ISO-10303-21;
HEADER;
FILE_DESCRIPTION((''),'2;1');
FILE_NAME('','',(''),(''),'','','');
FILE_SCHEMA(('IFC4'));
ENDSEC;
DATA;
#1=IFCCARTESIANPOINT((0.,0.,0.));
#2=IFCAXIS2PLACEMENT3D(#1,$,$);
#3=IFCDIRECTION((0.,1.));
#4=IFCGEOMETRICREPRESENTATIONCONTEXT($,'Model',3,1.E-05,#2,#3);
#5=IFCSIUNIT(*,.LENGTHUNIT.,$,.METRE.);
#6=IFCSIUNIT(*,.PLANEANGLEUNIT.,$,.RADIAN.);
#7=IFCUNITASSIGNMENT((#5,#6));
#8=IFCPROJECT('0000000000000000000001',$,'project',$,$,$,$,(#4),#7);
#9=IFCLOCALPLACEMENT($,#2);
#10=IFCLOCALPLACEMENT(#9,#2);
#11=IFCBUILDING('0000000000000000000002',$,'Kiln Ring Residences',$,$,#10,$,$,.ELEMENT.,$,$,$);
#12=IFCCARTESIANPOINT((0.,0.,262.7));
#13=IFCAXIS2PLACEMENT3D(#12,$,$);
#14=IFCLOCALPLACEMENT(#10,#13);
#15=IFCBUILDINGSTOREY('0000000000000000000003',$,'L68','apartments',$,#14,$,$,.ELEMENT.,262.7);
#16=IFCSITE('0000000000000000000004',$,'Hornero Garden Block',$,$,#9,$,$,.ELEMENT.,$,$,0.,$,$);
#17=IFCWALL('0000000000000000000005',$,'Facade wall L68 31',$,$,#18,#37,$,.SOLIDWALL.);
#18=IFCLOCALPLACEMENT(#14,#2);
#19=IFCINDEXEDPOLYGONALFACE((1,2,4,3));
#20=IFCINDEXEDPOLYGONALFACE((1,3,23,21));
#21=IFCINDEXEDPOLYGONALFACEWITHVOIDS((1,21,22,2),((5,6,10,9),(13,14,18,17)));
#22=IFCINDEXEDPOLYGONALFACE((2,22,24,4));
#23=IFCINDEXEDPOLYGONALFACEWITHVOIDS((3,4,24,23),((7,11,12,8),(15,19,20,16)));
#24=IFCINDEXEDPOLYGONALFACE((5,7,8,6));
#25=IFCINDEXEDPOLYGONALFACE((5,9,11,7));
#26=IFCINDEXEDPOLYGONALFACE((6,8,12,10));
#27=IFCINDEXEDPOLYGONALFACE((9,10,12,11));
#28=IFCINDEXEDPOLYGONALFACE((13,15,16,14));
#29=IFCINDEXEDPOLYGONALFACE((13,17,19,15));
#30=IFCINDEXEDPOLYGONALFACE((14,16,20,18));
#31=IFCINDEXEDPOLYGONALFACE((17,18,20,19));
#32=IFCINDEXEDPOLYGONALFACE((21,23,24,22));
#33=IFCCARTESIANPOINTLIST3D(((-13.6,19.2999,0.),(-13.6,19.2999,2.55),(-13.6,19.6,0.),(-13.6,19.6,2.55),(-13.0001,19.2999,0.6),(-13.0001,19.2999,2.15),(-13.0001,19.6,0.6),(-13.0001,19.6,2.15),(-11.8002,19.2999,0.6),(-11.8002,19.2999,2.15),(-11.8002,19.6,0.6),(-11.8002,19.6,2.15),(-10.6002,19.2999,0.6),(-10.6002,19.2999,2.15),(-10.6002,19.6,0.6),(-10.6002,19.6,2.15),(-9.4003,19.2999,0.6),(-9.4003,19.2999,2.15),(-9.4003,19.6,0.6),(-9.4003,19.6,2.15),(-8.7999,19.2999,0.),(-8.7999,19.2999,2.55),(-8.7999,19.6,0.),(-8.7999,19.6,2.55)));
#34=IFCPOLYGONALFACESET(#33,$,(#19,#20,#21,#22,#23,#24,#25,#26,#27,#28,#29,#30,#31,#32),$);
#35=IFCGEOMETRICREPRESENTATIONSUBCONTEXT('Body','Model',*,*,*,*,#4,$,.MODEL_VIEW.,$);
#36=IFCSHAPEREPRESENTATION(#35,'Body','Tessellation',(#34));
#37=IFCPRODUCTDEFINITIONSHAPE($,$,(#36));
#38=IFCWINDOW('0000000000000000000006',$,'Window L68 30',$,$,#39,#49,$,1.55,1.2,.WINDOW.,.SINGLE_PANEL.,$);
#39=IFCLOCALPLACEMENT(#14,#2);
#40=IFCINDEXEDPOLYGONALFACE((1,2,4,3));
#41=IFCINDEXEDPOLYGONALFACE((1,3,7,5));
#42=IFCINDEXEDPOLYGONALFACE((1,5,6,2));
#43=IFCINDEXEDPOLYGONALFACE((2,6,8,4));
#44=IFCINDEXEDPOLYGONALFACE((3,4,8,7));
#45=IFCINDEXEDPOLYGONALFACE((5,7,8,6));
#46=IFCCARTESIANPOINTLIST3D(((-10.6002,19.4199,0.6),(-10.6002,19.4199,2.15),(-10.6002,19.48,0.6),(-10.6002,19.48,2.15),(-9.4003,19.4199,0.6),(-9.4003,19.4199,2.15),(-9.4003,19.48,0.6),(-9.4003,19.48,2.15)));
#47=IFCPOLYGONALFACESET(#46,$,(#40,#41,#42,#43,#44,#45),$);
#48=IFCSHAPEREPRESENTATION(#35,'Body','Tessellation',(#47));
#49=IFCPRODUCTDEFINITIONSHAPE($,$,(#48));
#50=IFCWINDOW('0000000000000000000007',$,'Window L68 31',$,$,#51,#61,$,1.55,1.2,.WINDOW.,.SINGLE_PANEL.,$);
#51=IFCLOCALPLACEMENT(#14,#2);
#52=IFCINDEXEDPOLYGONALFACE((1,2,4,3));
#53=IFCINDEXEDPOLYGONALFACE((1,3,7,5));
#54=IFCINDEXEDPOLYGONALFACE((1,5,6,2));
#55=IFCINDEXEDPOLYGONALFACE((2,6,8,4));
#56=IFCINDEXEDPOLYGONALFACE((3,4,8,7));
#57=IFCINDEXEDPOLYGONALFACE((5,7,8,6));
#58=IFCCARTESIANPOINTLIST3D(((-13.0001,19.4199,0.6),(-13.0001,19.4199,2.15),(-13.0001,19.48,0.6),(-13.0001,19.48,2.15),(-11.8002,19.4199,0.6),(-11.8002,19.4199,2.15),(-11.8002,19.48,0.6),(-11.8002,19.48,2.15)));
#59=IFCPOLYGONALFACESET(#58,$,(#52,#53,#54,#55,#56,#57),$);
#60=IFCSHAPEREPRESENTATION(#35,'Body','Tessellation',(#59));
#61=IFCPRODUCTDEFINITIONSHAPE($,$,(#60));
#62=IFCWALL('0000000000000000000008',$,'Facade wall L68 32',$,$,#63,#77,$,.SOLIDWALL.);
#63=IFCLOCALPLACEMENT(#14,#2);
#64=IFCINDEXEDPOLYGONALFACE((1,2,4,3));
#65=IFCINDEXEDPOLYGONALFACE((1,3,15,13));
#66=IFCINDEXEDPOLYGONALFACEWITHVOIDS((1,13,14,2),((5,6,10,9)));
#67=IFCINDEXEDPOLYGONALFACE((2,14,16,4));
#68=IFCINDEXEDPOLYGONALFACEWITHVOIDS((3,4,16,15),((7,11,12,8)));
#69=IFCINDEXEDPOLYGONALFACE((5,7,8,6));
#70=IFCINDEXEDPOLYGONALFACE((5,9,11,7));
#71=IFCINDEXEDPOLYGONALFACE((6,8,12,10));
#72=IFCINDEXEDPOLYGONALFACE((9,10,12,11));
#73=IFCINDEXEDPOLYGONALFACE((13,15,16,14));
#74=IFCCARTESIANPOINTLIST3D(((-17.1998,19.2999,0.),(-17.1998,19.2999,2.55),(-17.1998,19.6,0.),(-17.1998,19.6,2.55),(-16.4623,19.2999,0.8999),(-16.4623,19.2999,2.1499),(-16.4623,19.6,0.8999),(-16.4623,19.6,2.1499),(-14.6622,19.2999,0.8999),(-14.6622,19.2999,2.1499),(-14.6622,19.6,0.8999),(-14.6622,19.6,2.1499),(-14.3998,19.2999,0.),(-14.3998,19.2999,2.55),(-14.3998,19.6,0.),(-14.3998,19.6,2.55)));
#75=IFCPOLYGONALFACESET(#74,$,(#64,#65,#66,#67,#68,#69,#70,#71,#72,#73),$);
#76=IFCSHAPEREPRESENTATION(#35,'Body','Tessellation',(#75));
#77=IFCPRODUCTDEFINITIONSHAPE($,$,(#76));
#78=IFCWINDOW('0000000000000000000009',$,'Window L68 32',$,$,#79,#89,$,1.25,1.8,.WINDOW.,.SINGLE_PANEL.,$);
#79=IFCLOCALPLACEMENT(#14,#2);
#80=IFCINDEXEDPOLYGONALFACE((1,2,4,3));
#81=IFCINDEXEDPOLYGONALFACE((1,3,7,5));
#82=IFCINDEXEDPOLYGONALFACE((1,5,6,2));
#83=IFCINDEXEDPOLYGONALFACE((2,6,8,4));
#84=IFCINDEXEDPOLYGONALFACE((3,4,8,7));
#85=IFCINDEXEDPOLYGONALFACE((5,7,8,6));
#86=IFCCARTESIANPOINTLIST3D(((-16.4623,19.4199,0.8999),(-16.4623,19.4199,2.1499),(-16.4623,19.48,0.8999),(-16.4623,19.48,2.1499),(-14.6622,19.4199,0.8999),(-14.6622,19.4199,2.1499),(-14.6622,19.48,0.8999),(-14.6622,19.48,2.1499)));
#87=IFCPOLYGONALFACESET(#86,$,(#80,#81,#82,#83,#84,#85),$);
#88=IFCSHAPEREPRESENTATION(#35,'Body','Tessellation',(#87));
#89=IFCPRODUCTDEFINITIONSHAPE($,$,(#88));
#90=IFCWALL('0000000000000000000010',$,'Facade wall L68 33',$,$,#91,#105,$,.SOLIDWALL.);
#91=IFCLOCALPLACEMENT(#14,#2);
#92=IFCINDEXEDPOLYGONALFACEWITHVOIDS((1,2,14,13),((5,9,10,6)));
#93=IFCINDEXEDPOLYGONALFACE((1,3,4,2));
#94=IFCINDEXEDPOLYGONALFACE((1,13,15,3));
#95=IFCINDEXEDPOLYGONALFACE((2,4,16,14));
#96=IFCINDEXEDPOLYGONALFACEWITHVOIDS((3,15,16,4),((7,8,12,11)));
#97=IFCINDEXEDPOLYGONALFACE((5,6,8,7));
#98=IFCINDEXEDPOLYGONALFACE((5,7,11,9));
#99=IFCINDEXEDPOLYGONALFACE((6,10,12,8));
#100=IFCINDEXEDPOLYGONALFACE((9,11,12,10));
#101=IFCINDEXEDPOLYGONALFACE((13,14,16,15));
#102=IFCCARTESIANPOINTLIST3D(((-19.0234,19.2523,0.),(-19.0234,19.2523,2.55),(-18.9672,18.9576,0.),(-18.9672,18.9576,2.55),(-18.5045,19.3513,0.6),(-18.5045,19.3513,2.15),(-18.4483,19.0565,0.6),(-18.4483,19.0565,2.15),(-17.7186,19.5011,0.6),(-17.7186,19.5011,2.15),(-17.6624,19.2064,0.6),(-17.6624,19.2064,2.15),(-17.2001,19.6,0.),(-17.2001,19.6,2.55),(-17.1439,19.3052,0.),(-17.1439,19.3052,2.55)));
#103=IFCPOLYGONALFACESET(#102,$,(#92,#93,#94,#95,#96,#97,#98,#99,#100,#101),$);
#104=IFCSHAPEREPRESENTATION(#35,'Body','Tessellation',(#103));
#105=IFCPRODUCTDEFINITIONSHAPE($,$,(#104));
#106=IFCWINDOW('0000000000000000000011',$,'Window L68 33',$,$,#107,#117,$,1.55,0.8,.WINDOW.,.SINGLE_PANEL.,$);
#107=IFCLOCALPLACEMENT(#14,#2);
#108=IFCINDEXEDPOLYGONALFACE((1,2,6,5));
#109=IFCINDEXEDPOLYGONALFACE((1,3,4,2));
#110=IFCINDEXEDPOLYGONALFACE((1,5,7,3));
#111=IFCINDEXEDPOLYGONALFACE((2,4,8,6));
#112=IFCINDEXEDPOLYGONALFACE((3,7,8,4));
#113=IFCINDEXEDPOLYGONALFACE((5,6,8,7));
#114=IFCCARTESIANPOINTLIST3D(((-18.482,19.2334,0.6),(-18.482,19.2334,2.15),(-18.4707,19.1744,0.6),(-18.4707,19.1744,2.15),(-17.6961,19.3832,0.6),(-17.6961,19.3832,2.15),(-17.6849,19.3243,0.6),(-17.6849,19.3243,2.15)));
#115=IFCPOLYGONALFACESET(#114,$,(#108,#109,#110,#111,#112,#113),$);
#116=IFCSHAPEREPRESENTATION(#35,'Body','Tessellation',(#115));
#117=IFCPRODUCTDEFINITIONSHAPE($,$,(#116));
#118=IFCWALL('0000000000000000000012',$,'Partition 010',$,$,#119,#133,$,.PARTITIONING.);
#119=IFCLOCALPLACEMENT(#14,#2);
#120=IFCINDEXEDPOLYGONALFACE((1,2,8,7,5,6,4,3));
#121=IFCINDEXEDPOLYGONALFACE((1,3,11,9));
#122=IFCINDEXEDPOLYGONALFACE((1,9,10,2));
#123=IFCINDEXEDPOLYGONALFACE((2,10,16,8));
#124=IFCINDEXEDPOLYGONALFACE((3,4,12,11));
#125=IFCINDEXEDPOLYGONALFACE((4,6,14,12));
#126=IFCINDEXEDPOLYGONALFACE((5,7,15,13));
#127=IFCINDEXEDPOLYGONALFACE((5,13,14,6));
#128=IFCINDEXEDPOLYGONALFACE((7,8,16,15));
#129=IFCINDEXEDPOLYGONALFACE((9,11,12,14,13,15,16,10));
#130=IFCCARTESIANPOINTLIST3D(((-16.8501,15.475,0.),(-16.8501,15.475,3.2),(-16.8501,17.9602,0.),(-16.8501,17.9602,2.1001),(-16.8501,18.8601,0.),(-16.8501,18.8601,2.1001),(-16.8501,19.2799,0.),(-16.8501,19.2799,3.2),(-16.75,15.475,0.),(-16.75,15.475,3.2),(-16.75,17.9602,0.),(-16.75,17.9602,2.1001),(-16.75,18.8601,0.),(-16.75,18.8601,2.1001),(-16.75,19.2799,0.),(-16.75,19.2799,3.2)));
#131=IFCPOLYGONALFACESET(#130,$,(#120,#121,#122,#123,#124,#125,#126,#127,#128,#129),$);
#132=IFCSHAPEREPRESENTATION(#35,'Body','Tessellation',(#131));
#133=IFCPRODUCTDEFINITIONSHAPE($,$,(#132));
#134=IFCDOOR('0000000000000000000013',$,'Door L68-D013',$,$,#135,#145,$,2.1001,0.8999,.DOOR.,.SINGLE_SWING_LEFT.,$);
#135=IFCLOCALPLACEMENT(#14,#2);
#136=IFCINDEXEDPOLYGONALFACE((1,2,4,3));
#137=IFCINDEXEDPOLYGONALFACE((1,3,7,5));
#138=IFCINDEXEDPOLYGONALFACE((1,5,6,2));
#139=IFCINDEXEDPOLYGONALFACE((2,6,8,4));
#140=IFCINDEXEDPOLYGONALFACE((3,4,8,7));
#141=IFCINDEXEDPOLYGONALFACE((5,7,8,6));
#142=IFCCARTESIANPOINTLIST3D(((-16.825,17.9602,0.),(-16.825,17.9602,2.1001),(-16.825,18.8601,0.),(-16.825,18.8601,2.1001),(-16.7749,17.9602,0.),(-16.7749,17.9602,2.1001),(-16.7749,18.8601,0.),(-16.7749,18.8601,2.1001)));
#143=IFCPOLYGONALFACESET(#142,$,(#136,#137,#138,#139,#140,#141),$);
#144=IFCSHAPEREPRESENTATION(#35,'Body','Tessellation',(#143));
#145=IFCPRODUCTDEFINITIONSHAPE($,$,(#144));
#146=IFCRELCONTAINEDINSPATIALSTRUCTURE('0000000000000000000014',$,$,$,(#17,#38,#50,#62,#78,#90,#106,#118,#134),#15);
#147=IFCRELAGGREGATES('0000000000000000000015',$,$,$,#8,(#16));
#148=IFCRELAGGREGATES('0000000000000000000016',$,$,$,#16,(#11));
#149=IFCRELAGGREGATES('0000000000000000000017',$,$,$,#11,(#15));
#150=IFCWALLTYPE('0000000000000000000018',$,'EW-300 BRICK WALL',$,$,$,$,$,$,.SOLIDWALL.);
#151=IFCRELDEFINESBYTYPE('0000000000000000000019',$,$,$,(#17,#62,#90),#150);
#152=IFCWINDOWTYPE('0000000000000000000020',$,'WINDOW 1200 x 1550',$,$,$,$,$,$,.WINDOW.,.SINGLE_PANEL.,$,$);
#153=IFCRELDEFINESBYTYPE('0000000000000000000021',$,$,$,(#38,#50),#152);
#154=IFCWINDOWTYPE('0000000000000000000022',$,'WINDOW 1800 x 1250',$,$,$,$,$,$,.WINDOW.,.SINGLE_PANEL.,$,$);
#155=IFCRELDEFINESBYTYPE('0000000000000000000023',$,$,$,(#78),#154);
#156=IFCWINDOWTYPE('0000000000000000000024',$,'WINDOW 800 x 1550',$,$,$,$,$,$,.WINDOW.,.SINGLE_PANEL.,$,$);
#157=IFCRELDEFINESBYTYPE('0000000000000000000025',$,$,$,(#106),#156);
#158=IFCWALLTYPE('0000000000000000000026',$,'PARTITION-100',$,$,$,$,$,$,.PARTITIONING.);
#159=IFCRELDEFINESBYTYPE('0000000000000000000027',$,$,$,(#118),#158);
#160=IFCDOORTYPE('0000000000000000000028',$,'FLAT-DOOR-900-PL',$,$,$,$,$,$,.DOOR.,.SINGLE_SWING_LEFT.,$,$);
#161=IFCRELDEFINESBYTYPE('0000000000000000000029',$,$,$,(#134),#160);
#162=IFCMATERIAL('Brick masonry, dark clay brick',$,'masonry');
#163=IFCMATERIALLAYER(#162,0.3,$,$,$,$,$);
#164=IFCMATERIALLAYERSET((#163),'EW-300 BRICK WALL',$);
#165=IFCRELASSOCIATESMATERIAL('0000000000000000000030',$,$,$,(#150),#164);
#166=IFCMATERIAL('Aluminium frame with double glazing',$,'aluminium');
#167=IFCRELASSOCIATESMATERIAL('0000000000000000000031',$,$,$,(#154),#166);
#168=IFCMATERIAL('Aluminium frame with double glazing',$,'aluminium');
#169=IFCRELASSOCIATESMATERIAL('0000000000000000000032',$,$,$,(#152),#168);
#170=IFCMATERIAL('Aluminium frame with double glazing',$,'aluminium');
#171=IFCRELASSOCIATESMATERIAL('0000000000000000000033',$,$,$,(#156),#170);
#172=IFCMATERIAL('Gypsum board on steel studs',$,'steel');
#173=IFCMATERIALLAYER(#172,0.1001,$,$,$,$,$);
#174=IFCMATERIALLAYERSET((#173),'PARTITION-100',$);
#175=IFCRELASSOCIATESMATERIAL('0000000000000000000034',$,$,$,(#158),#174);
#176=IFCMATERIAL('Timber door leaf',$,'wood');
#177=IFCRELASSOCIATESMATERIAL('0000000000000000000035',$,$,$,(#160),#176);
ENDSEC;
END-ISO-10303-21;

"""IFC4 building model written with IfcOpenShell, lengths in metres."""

from ifc_helpers import new_model, si_unit, direction, frame, frame_2d, origin, place, context, subcontext, project, spatial, rectangle, extrude, material, layer, layer_set, type_object, element, fill, save


model = new_model("IFC4")

# Units and contexts
model_context = context("Model", 3, precision=1e-05, world=origin(), true_north=direction((0.0, 1.0)))
body_context = subcontext(model_context, "Body", "Model", "MODEL_VIEW")
ifc_project = project(units=[si_unit("LENGTHUNIT", "METRE"), si_unit("PLANEANGLEUNIT", "RADIAN")], contexts=[model_context])

# Site, building, storey
site_placement = place(None, origin())
site = spatial("IfcSite", under=ifc_project, at=site_placement, Name="Hornero Garden Block", CompositionType="ELEMENT", RefElevation=0.0)
building_placement = place(site_placement, origin())
building = spatial("IfcBuilding", under=site, at=building_placement, Name="Kiln Ring Residences", CompositionType="ELEMENT")
storey_placement = place(building_placement, frame((0.0, 0.0, 262.7)))
storey = spatial("IfcBuildingStorey", under=building, at=storey_placement, Name="L68", Description="apartments", CompositionType="ELEMENT", Elevation=262.7)

# Wall, openings, windows
ifc_material_1 = material(Name="Brick masonry, dark clay brick", Category="masonry")
ifc_layer_1 = layer(ifc_material_1, 0.3)
ifc_layer_set_1 = layer_set([ifc_layer_1], Name="EW-300 BRICK WALL")
wall_type_1 = type_object("IfcWallType", Name="EW-300 BRICK WALL", PredefinedType="SOLIDWALL", material=ifc_layer_set_1)
ifc_material_2 = material(Name="Aluminium frame with double glazing", Category="aluminium")
window_type_1 = type_object("IfcWindowType", Name="WINDOW 1800 x 1250", PartitioningType="SINGLE_PANEL", PredefinedType="WINDOW", material=ifc_material_2)
wall_1_placement = place(storey_placement, frame((-8.8, 19.45, 0.0), z_axis=(0.0, 0.0, 1.0), x_axis=(-1.0, 0.0, 0.0)))
wall_1 = element("IfcWall", 1, at=wall_1_placement, inside=storey, type_object=wall_type_1, Name="Facade wall L68 31", PredefinedType="SOLIDWALL", context=body_context, shape_type="SweptSolid", body=[
    extrude(rectangle(XDim=4.8, YDim=0.3, at=frame_2d((2.3999, 0.0))), origin(), (0.0, 0.0, 1.0), 2.55),
])
opening_1_placement = place(wall_1_placement, frame((0.6001, 0.0, 0.6001)))
opening_1 = element("IfcOpeningElement", 2, at=opening_1_placement, cuts=wall_1, PredefinedType="OPENING", context=body_context, shape_type="SweptSolid", body=[
    extrude(rectangle(XDim=1.2, YDim=1.55, at=frame_2d((0.6001, 0.7749))), frame((0.0, 0.1599, 0.0), z_axis=(0.0, -1.0, 0.0), x_axis=(1.0, 0.0, 0.0)), (0.0, 0.0, 1.0), 0.3201),
])
opening_2_placement = place(wall_1_placement, frame((3.0, 0.0, 0.6001)))
opening_2 = element("IfcOpeningElement", 3, at=opening_2_placement, cuts=wall_1, PredefinedType="OPENING", context=body_context, shape_type="SweptSolid", body=[
    extrude(rectangle(XDim=1.2, YDim=1.55, at=frame_2d((0.6001, 0.7749))), frame((0.0, 0.1599, 0.0), z_axis=(0.0, -1.0, 0.0), x_axis=(1.0, 0.0, 0.0)), (0.0, 0.0, 1.0), 0.3201),
])
ifc_material_3 = material(Name="Aluminium frame with double glazing", Category="aluminium")
window_type_2 = type_object("IfcWindowType", Name="WINDOW 1200 x 1550", PartitioningType="SINGLE_PANEL", PredefinedType="WINDOW", material=ifc_material_3)
window_1_placement = place(opening_1_placement, origin())
window_1 = element("IfcWindow", 4, at=window_1_placement, inside=storey, type_object=window_type_2, Name="Window L68 30", OverallHeight=1.55, OverallWidth=1.2, PartitioningType="SINGLE_PANEL", PredefinedType="WINDOW", context=body_context, shape_type="SweptSolid", body=[
    extrude(rectangle(XDim=1.2, YDim=1.55, at=frame_2d((0.6001, 0.7749))), frame((0.0, 0.03, 0.0), z_axis=(0.0, -1.0, 0.0), x_axis=(1.0, 0.0, 0.0)), (0.0, 0.0, 1.0), 0.0601),
])
fill(opening_1, window_1)
window_2_placement = place(opening_2_placement, origin())
window_2 = element("IfcWindow", 5, at=window_2_placement, inside=storey, type_object=window_type_2, Name="Window L68 31", OverallHeight=1.55, OverallWidth=1.2, PartitioningType="SINGLE_PANEL", PredefinedType="WINDOW", context=body_context, shape_type="SweptSolid", body=[
    extrude(rectangle(XDim=1.2, YDim=1.55, at=frame_2d((0.6001, 0.7749))), frame((0.0, 0.03, 0.0), z_axis=(0.0, -1.0, 0.0), x_axis=(1.0, 0.0, 0.0)), (0.0, 0.0, 1.0), 0.0601),
])
fill(opening_2, window_2)

# Walls, openings, windows
wall_2_placement = place(storey_placement, frame((-14.3999, 19.45, 0.0), z_axis=(0.0, 0.0, 1.0), x_axis=(-1.0, 0.0, 0.0)))
wall_2 = element("IfcWall", 6, at=wall_2_placement, inside=storey, type_object=wall_type_1, Name="Facade wall L68 32", PredefinedType="SOLIDWALL", context=body_context, shape_type="SweptSolid", body=[
    extrude(rectangle(XDim=2.8, YDim=0.3, at=frame_2d((1.3999, 0.0))), origin(), (0.0, 0.0, 1.0), 2.55),
])
opening_3_placement = place(wall_2_placement, frame((0.2625, 0.0, 0.8999)))
opening_3 = element("IfcOpeningElement", 7, at=opening_3_placement, cuts=wall_2, PredefinedType="OPENING", context=body_context, shape_type="SweptSolid", body=[
    extrude(rectangle(XDim=1.8, YDim=1.25, at=frame_2d((0.8999, 0.625))), frame((0.0, 0.1599, 0.0), z_axis=(0.0, -1.0, 0.0), x_axis=(1.0, 0.0, 0.0)), (0.0, 0.0, 1.0), 0.3201),
])
window_3_placement = place(opening_3_placement, origin())
window_3 = element("IfcWindow", 8, at=window_3_placement, inside=storey, type_object=window_type_1, Name="Window L68 32", OverallHeight=1.25, OverallWidth=1.8, PartitioningType="SINGLE_PANEL", PredefinedType="WINDOW", context=body_context, shape_type="SweptSolid", body=[
    extrude(rectangle(XDim=1.8, YDim=1.25, at=frame_2d((0.8999, 0.625))), frame((0.0, 0.03, 0.0), z_axis=(0.0, -1.0, 0.0), x_axis=(1.0, 0.0, 0.0)), (0.0, 0.0, 1.0), 0.0601),
])
fill(opening_3, window_3)
wall_3_placement = place(storey_placement, frame((-17.1719, 19.4526, 0.0), z_axis=(0.0, 0.0, 1.0), x_axis=(-0.982302, -0.187306, 0.0)))
wall_3 = element("IfcWall", 9, at=wall_3_placement, inside=storey, type_object=wall_type_1, Name="Facade wall L68 33", PredefinedType="SOLIDWALL", context=body_context, shape_type="SweptSolid", body=[
    extrude(rectangle(XDim=1.8562, YDim=0.3, at=frame_2d((0.9282, 0.0))), origin(), (0.0, 0.0, 1.0), 2.55),
])
opening_4_placement = place(wall_3_placement, frame((0.5281, 0.0, 0.6001)))
opening_4 = element("IfcOpeningElement", 10, at=opening_4_placement, cuts=wall_3, PredefinedType="OPENING", context=body_context, shape_type="SweptSolid", body=[
    extrude(rectangle(XDim=0.8, YDim=1.55, at=frame_2d((0.3999, 0.7749))), frame((0.0, 0.1599, 0.0), z_axis=(0.0, -1.0, 0.0), x_axis=(1.0, 0.0, 0.0)), (0.0, 0.0, 1.0), 0.3201),
])
ifc_material_4 = material(Name="Aluminium frame with double glazing", Category="aluminium")
window_type_3 = type_object("IfcWindowType", Name="WINDOW 800 x 1550", PartitioningType="SINGLE_PANEL", PredefinedType="WINDOW", material=ifc_material_4)
window_4_placement = place(opening_4_placement, origin())
window_4 = element("IfcWindow", 11, at=window_4_placement, inside=storey, type_object=window_type_3, Name="Window L68 33", OverallHeight=1.55, OverallWidth=0.8, PartitioningType="SINGLE_PANEL", PredefinedType="WINDOW", context=body_context, shape_type="SweptSolid", body=[
    extrude(rectangle(XDim=0.8, YDim=1.55, at=frame_2d((0.3999, 0.7749))), frame((0.0, 0.03, 0.0), z_axis=(0.0, -1.0, 0.0), x_axis=(1.0, 0.0, 0.0)), (0.0, 0.0, 1.0), 0.0601),
])
fill(opening_4, window_4)

# Wall, opening, door
ifc_material_5 = material(Name="Gypsum board on steel studs", Category="steel")
ifc_layer_2 = layer(ifc_material_5, 0.1001)
ifc_layer_set_2 = layer_set([ifc_layer_2], Name="PARTITION-100")
wall_type_2 = type_object("IfcWallType", Name="PARTITION-100", PredefinedType="PARTITIONING", material=ifc_layer_set_2)
wall_4_placement = place(storey_placement, frame((-16.8, 15.4751, 0.0), z_axis=(0.0, 0.0, 1.0), x_axis=(0.0, 1.0, 0.0)))
wall_4 = element("IfcWall", 12, at=wall_4_placement, inside=storey, type_object=wall_type_2, Name="Partition 010", PredefinedType="PARTITIONING", context=body_context, shape_type="SweptSolid", body=[
    extrude(rectangle(XDim=3.8049, YDim=0.1001, at=frame_2d((1.9023, 0.0))), origin(), (0.0, 0.0, 1.0), 3.2),
])
opening_5_placement = place(wall_4_placement, frame((2.4851, 0.0, 0.0)))
opening_5 = element("IfcOpeningElement", 13, at=opening_5_placement, cuts=wall_4, PredefinedType="OPENING", context=body_context, shape_type="SweptSolid", body=[
    extrude(rectangle(XDim=0.8999, YDim=2.1001, at=frame_2d((0.45, 1.05))), frame((0.0, 0.0601, 0.0), z_axis=(0.0, -1.0, 0.0), x_axis=(1.0, 0.0, 0.0)), (0.0, 0.0, 1.0), 0.1201),
])
ifc_material_6 = material(Name="Timber door leaf", Category="wood")
door_type_1 = type_object("IfcDoorType", Name="FLAT-DOOR-900-PL", OperationType="SINGLE_SWING_LEFT", PredefinedType="DOOR", material=ifc_material_6)
door_1_placement = place(opening_5_placement, origin())
door_1 = element("IfcDoor", 14, at=door_1_placement, inside=storey, type_object=door_type_1, Name="Door L68-D013", OperationType="SINGLE_SWING_LEFT", OverallHeight=2.1001, OverallWidth=0.8999, PredefinedType="DOOR", context=body_context, shape_type="SweptSolid", body=[
    extrude(rectangle(XDim=0.8999, YDim=2.1001, at=frame_2d((0.45, 1.05))), frame((0.0, 0.0249, 0.0), z_axis=(0.0, -1.0, 0.0), x_axis=(1.0, 0.0, 0.0)), (0.0, 0.0, 1.0), 0.05),
])
fill(opening_5, door_1)

save(model, "model.ifc")
